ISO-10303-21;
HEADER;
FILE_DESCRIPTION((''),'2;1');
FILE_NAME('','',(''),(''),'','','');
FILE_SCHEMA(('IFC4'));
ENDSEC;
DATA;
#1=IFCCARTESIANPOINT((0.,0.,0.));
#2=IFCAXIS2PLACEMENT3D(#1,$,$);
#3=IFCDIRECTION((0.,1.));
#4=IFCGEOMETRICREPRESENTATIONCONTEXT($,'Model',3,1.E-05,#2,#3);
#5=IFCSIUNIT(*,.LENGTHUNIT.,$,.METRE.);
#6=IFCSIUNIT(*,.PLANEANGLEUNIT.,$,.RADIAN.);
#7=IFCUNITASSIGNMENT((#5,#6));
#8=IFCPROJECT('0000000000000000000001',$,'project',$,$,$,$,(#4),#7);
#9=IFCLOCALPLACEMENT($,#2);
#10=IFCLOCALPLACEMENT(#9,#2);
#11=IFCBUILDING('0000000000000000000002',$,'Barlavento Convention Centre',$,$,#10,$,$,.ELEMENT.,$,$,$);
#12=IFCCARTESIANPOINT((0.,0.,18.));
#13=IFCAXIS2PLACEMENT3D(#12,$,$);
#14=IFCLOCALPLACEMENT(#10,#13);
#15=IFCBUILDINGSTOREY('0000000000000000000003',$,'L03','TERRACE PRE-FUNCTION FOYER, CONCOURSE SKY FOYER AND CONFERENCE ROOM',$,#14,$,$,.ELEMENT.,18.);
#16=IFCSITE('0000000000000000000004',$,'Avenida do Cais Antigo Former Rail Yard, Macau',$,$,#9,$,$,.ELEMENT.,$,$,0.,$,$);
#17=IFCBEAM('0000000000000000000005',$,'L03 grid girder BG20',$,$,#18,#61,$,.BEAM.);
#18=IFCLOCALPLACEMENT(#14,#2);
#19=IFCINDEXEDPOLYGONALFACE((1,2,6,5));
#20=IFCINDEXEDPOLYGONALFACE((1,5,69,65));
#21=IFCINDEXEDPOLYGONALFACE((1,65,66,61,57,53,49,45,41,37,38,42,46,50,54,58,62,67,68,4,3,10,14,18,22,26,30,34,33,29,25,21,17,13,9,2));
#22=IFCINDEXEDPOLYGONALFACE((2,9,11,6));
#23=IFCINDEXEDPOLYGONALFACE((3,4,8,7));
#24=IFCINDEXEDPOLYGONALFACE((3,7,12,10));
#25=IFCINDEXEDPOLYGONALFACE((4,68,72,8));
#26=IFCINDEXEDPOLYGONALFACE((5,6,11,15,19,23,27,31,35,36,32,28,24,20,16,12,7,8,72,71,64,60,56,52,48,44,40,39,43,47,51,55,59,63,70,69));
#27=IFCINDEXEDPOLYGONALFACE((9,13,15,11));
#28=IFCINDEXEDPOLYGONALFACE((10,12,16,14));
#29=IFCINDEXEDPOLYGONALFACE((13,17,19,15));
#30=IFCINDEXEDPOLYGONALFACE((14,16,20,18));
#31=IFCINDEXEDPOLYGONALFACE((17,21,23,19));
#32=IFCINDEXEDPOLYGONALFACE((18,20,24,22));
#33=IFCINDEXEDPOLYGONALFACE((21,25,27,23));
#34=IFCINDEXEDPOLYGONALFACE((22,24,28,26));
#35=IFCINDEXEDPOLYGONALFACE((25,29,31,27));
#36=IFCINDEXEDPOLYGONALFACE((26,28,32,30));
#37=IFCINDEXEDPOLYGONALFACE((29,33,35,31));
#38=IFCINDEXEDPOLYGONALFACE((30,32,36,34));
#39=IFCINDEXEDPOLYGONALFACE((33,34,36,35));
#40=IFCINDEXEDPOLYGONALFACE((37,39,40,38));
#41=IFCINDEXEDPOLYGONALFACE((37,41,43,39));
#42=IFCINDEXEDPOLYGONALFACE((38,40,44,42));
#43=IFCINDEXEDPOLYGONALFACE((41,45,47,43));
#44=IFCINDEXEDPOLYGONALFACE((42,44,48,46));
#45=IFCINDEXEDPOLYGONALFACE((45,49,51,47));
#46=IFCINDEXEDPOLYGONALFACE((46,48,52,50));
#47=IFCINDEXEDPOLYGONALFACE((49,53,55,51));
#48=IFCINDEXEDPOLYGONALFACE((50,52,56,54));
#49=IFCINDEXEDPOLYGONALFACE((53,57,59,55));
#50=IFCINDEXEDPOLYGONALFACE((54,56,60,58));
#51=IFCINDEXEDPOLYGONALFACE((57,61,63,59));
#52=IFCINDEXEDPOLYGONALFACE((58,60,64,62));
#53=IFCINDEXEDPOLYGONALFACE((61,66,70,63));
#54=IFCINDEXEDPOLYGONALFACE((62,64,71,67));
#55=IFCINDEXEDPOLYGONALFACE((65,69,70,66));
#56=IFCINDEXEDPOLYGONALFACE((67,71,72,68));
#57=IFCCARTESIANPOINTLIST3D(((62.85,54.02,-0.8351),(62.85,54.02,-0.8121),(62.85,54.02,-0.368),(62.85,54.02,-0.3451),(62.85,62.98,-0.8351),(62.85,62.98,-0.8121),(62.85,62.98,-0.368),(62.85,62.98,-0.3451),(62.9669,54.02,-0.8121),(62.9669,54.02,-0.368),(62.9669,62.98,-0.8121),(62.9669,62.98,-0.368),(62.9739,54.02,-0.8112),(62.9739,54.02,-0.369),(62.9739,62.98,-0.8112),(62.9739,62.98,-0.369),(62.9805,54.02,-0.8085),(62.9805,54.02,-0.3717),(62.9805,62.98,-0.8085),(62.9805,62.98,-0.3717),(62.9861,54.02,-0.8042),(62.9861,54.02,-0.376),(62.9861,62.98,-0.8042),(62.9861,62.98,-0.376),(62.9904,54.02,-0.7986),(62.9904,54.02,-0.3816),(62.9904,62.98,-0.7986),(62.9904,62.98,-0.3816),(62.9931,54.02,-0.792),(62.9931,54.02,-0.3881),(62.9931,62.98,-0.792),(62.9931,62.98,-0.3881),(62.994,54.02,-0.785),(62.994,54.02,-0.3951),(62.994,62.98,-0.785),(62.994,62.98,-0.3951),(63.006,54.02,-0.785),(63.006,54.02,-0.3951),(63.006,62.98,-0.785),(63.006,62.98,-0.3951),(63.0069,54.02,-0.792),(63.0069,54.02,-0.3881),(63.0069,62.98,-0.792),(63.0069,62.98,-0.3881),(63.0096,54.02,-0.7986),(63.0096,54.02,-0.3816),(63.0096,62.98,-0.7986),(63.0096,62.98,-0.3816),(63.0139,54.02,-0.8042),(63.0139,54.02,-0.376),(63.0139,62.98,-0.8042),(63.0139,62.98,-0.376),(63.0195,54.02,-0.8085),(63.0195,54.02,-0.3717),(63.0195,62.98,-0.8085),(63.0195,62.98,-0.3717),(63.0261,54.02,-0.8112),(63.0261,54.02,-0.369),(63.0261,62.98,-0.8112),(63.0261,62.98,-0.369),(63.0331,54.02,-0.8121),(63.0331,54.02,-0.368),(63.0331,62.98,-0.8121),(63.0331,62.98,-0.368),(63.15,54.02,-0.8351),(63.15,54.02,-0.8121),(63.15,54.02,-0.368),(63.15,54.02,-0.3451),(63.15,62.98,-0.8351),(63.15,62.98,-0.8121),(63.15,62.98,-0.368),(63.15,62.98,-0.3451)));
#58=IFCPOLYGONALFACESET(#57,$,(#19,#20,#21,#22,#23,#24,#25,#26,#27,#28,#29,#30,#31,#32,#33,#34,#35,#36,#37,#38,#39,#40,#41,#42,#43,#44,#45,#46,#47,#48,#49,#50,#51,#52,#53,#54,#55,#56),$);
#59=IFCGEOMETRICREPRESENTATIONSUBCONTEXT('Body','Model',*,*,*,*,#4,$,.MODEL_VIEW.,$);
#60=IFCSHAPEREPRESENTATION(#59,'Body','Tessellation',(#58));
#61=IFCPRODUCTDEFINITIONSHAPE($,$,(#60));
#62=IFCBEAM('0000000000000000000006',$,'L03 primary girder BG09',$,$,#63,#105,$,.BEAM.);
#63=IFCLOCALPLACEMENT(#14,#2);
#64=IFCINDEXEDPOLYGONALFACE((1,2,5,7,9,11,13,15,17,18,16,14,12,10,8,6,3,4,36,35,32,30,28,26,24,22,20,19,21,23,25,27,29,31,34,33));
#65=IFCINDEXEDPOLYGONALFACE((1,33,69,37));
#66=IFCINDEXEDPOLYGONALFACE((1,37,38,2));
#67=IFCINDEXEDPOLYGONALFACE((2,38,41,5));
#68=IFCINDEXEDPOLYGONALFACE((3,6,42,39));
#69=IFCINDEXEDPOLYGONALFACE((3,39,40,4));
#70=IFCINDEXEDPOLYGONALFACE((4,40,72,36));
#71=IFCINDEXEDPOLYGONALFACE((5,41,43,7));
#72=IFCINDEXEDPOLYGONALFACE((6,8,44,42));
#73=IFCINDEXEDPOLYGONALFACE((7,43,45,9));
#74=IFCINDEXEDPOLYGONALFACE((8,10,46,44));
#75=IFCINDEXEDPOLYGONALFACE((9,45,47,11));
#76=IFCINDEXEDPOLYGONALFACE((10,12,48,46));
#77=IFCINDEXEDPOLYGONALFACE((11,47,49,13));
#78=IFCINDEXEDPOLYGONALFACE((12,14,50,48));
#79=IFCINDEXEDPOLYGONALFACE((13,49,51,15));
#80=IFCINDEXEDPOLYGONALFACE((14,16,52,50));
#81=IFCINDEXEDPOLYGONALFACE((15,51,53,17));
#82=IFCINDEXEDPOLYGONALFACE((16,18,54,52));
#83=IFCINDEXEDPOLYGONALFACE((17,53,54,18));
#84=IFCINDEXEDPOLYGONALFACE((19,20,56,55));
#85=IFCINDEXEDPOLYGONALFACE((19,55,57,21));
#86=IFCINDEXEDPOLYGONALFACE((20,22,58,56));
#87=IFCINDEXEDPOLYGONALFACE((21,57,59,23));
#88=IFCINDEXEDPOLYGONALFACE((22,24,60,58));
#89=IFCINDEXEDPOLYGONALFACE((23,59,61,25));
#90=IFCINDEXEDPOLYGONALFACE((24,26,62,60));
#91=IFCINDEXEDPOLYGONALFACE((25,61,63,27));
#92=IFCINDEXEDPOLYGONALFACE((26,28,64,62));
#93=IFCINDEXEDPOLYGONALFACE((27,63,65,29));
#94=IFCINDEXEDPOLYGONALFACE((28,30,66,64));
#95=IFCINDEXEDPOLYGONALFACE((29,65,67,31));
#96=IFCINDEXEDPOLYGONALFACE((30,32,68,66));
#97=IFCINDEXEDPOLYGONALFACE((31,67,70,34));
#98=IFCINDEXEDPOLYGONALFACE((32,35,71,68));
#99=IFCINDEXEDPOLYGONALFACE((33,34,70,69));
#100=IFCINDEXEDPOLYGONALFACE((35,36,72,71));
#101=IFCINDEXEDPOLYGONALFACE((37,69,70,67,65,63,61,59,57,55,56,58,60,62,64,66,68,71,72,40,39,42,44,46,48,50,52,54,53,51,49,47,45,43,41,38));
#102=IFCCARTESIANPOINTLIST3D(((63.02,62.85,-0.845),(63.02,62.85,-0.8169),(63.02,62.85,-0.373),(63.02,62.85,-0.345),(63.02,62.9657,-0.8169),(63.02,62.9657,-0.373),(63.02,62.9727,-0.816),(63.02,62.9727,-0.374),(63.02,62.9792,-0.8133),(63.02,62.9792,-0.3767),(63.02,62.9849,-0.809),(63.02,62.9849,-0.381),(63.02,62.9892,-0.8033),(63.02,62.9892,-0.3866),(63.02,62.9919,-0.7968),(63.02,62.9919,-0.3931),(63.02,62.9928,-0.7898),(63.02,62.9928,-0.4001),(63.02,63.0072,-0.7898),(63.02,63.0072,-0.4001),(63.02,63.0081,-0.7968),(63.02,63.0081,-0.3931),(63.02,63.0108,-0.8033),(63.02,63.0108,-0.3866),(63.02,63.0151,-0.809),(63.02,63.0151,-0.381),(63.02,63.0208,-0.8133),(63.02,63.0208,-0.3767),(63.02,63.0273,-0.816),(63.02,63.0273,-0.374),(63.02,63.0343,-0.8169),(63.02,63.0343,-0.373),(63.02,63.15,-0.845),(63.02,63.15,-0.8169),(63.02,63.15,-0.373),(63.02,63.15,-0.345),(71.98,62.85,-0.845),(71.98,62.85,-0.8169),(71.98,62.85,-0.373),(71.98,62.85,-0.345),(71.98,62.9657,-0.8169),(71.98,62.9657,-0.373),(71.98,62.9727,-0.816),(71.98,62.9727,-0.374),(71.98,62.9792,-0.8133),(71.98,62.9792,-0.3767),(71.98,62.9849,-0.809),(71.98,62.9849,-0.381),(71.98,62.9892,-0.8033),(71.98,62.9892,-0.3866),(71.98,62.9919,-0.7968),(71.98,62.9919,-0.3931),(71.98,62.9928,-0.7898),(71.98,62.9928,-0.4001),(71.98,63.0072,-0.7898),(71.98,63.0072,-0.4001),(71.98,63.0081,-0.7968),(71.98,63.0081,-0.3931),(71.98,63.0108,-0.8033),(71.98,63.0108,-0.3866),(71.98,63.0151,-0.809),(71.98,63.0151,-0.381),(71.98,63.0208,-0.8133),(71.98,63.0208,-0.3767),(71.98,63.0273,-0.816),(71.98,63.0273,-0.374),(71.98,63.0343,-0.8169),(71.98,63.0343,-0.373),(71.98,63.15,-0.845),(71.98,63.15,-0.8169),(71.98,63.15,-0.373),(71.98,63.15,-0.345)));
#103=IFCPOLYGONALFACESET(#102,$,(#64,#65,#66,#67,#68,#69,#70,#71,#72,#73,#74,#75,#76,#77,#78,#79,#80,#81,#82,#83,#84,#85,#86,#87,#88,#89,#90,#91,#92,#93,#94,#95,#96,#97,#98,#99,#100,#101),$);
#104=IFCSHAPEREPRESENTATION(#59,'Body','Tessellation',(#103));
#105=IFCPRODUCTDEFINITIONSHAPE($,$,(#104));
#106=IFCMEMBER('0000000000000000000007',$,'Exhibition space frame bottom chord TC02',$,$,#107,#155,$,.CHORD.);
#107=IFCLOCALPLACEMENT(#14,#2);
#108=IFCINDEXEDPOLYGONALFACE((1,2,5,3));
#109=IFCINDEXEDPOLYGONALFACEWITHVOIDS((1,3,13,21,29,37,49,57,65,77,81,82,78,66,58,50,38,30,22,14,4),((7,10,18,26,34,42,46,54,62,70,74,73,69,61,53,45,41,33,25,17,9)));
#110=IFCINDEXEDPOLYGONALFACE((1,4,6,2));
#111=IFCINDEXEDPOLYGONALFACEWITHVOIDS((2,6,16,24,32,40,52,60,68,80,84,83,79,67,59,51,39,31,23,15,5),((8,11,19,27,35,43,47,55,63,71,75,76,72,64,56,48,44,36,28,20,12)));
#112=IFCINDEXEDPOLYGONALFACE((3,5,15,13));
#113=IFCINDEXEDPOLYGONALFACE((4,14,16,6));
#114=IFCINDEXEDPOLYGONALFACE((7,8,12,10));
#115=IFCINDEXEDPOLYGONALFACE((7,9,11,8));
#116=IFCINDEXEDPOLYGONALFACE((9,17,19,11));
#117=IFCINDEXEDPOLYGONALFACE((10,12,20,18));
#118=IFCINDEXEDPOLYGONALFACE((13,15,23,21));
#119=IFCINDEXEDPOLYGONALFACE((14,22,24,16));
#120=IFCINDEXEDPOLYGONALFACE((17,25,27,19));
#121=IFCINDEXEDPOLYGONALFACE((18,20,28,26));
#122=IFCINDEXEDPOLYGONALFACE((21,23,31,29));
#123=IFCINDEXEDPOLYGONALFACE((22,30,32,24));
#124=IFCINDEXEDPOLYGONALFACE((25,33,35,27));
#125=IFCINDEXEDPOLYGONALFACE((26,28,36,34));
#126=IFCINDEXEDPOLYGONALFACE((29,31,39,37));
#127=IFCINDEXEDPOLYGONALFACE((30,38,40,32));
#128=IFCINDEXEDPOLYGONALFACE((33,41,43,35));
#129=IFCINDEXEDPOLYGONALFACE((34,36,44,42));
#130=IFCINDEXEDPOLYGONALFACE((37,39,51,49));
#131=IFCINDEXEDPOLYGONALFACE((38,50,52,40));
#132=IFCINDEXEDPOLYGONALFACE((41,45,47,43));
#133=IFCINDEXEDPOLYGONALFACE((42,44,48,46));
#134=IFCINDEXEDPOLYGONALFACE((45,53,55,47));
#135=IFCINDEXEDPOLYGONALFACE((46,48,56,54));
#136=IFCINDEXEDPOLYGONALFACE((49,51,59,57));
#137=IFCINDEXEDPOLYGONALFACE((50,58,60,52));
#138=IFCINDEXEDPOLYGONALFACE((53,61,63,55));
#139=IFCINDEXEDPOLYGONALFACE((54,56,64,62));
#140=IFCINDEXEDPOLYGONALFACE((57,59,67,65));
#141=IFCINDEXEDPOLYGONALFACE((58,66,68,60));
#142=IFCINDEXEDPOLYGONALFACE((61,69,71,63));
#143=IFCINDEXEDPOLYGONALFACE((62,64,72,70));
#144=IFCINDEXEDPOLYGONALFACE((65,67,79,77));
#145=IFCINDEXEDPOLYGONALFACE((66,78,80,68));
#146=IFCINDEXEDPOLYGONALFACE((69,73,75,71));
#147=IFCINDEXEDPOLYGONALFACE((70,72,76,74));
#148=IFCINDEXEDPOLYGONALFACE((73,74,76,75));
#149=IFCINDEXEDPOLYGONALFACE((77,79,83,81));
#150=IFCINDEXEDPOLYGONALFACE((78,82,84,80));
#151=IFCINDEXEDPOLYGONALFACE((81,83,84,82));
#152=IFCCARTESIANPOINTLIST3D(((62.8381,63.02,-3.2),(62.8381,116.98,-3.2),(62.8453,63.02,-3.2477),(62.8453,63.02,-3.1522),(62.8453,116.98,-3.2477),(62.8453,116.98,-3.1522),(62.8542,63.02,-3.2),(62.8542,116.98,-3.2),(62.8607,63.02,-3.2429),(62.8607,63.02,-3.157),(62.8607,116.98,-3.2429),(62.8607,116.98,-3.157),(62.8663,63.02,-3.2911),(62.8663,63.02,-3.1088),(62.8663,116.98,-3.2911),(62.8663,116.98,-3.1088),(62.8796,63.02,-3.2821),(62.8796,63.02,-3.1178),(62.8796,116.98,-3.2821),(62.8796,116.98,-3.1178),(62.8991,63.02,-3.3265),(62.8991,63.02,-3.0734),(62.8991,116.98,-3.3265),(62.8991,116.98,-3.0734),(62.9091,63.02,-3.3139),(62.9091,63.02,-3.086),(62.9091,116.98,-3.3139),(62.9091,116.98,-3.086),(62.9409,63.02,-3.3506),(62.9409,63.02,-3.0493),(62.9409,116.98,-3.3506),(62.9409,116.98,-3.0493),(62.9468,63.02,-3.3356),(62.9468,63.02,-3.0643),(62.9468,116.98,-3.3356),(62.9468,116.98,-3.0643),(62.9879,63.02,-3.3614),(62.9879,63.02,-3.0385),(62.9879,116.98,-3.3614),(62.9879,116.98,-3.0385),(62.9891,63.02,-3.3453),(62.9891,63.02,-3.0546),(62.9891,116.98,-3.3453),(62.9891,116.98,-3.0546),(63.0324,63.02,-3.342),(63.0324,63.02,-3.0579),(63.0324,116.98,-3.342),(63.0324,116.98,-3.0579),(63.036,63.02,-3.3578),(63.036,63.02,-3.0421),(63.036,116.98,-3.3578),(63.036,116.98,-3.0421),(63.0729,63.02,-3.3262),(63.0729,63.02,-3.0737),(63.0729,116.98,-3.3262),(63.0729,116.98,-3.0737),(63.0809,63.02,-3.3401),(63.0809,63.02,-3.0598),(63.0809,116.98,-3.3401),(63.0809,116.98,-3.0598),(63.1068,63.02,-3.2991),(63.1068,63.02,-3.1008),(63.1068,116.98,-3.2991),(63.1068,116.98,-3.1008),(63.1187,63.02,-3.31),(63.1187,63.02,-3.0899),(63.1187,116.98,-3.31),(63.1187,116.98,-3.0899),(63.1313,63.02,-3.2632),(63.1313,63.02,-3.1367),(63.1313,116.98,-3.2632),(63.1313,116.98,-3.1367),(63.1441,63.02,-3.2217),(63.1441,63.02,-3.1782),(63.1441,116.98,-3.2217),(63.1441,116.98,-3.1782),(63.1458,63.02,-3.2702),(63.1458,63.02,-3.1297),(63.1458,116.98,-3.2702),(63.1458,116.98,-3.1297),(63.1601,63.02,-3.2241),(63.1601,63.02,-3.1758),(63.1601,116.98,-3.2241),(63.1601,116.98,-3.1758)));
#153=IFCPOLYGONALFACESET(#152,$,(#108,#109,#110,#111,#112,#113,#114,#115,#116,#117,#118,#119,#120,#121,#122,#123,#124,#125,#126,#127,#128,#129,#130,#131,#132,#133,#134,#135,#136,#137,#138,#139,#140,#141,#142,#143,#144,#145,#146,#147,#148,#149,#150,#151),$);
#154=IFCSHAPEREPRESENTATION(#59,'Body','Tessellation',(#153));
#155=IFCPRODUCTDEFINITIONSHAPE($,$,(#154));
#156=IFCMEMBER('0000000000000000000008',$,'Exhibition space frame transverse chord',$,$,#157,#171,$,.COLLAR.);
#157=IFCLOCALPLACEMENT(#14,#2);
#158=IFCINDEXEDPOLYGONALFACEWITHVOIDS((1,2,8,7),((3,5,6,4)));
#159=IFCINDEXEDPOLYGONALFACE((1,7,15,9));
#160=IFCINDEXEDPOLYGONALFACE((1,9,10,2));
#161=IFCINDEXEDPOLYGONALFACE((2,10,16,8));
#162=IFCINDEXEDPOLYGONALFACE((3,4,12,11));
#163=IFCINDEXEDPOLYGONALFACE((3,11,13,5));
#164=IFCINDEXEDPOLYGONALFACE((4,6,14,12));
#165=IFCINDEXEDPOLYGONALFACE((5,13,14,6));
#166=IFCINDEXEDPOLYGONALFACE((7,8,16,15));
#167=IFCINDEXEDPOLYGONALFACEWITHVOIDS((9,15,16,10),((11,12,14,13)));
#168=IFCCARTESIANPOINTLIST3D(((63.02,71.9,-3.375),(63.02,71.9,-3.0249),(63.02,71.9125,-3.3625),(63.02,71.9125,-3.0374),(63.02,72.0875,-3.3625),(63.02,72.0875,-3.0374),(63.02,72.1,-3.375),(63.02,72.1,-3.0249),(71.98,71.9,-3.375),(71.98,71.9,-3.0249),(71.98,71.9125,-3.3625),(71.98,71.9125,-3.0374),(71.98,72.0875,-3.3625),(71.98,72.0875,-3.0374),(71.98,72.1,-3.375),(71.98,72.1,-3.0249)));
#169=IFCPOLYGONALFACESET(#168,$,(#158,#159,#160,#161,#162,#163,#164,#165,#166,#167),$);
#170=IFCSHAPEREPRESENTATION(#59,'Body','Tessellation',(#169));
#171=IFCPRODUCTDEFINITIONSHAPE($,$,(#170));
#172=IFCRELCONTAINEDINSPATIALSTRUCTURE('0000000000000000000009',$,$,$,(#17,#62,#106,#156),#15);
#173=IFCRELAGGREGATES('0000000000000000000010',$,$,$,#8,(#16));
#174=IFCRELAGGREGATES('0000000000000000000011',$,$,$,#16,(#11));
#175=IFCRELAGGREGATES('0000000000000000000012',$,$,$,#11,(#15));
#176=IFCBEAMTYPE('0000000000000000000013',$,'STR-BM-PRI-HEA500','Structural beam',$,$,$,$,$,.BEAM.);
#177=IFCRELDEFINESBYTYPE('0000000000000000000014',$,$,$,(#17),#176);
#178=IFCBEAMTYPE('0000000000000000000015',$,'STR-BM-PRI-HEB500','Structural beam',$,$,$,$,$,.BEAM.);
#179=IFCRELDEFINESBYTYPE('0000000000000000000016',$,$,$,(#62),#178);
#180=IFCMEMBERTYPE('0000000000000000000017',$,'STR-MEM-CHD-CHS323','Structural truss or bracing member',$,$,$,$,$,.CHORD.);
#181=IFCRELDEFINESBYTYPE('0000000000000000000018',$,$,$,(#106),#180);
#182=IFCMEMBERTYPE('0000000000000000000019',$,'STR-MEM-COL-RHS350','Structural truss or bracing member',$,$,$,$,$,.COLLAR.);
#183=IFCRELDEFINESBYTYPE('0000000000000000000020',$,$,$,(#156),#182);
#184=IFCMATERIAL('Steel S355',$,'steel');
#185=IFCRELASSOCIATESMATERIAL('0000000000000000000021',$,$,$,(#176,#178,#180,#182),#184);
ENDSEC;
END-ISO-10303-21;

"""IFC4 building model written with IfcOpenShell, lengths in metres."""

from ifc_helpers import new_model, si_unit, direction, frame, origin, origin_2d, place, context, subcontext, project, spatial, hollow_rectangle, hollow_circle, i_section, extrude, material, material_profile, profile_set, type_object, element, save


model = new_model("IFC4")

# Units and contexts
model_context = context("Model", 3, precision=1e-05, world=origin(), true_north=direction((0.0, 1.0)))
body_context = subcontext(model_context, "Body", "Model", "MODEL_VIEW")
ifc_project = project(units=[si_unit("LENGTHUNIT", "METRE"), si_unit("PLANEANGLEUNIT", "RADIAN")], contexts=[model_context])

# Site, building, storey
site_placement = place(None, origin())
site = spatial("IfcSite", under=ifc_project, at=site_placement, Name="Avenida do Cais Antigo Former Rail Yard, Macau", CompositionType="ELEMENT", RefElevation=0.0)
building_placement = place(site_placement, origin())
building = spatial("IfcBuilding", under=site, at=building_placement, Name="Barlavento Convention Centre", CompositionType="ELEMENT")
storey_placement = place(building_placement, frame((0.0, 0.0, 18.0)))
storey = spatial("IfcBuildingStorey", under=building, at=storey_placement, Name="L03", Description="TERRACE PRE-FUNCTION FOYER, CONCOURSE SKY FOYER AND CONFERENCE ROOM", CompositionType="ELEMENT", Elevation=18.0)

# Shared definitions
ifc_material_1 = material(Name="Steel S355", Category="steel")

# Beams
ifc_material_profile_1 = material_profile(ifc_material_1, i_section(OverallWidth=0.3, OverallDepth=0.49, WebThickness=0.012, FlangeThickness=0.0229, FilletRadius=0.0271, at=origin_2d()), Name="HEA 500")
ifc_profile_set_1 = profile_set([ifc_material_profile_1], Name="Steel S355")
beam_type_1 = type_object("IfcBeamType", Name="STR-BM-PRI-HEA500", Description="Structural beam", PredefinedType="BEAM", material=ifc_profile_set_1)
beam_1_placement = place(storey_placement, frame((63.0, 54.02, -0.5901), z_axis=(0.0, 1.0, 0.0), x_axis=(-1.0, 0.0, 0.0)))
element("IfcBeam", 1, at=beam_1_placement, inside=storey, type_object=beam_type_1, Name="L03 grid girder BG20", PredefinedType="BEAM", context=body_context, shape_type="SweptSolid", body=[
    extrude(i_section(OverallWidth=0.3, OverallDepth=0.49, WebThickness=0.012, FlangeThickness=0.0229, FilletRadius=0.0271, at=origin_2d()), origin(), (0.0, 0.0, 1.0), 8.96),
])
ifc_material_profile_2 = material_profile(ifc_material_1, i_section(OverallWidth=0.3, OverallDepth=0.5, WebThickness=0.0144, FlangeThickness=0.0281, FilletRadius=0.0271, at=origin_2d()), Name="HEB 500")
ifc_profile_set_2 = profile_set([ifc_material_profile_2], Name="Steel S355")
beam_type_2 = type_object("IfcBeamType", Name="STR-BM-PRI-HEB500", Description="Structural beam", PredefinedType="BEAM", material=ifc_profile_set_2)
beam_2_placement = place(storey_placement, frame((63.02, 63.0, -0.595), z_axis=(1.0, 0.0, 0.0), x_axis=(0.0, 1.0, 0.0)))
element("IfcBeam", 2, at=beam_2_placement, inside=storey, type_object=beam_type_2, Name="L03 primary girder BG09", PredefinedType="BEAM", context=body_context, shape_type="SweptSolid", body=[
    extrude(i_section(OverallWidth=0.3, OverallDepth=0.5, WebThickness=0.0144, FlangeThickness=0.0281, FilletRadius=0.0271, at=origin_2d()), origin(), (0.0, 0.0, 1.0), 8.96),
])

# Members
ifc_material_profile_3 = material_profile(ifc_material_1, hollow_circle(Radius=0.1619, WallThickness=0.0161, at=origin_2d()), Name="CHS 323.9x16.0")
ifc_profile_set_3 = profile_set([ifc_material_profile_3], Name="Steel S355")
member_type_1 = type_object("IfcMemberType", Name="STR-MEM-CHD-CHS323", Description="Structural truss or bracing member", PredefinedType="CHORD", material=ifc_profile_set_3)
member_1_placement = place(storey_placement, frame((63.0, 63.02, -3.2), z_axis=(0.0, 1.0, 0.0), x_axis=(-1.0, 0.0, 0.0)))
element("IfcMember", 3, at=member_1_placement, inside=storey, type_object=member_type_1, Name="Exhibition space frame bottom chord TC02", PredefinedType="CHORD", context=body_context, shape_type="SweptSolid", body=[
    extrude(hollow_circle(Radius=0.1619, WallThickness=0.0161, at=origin_2d()), origin(), (0.0, 0.0, 1.0), 53.96),
])
ifc_material_profile_4 = material_profile(ifc_material_1, hollow_rectangle(XDim=0.2, YDim=0.3501, WallThickness=0.0125, at=origin_2d()), Name="RHS 350x200x12.5")
ifc_profile_set_4 = profile_set([ifc_material_profile_4], Name="Steel S355")
member_type_2 = type_object("IfcMemberType", Name="STR-MEM-COL-RHS350", Description="Structural truss or bracing member", PredefinedType="COLLAR", material=ifc_profile_set_4)
member_2_placement = place(storey_placement, frame((63.02, 72.0, -3.2), z_axis=(1.0, 0.0, 0.0), x_axis=(0.0, 1.0, 0.0)))
element("IfcMember", 4, at=member_2_placement, inside=storey, type_object=member_type_2, Name="Exhibition space frame transverse chord", PredefinedType="COLLAR", context=body_context, shape_type="SweptSolid", body=[
    extrude(hollow_rectangle(XDim=0.2, YDim=0.3501, WallThickness=0.0125, at=origin_2d()), origin(), (0.0, 0.0, 1.0), 8.96),
])

save(model, "model.ifc")
